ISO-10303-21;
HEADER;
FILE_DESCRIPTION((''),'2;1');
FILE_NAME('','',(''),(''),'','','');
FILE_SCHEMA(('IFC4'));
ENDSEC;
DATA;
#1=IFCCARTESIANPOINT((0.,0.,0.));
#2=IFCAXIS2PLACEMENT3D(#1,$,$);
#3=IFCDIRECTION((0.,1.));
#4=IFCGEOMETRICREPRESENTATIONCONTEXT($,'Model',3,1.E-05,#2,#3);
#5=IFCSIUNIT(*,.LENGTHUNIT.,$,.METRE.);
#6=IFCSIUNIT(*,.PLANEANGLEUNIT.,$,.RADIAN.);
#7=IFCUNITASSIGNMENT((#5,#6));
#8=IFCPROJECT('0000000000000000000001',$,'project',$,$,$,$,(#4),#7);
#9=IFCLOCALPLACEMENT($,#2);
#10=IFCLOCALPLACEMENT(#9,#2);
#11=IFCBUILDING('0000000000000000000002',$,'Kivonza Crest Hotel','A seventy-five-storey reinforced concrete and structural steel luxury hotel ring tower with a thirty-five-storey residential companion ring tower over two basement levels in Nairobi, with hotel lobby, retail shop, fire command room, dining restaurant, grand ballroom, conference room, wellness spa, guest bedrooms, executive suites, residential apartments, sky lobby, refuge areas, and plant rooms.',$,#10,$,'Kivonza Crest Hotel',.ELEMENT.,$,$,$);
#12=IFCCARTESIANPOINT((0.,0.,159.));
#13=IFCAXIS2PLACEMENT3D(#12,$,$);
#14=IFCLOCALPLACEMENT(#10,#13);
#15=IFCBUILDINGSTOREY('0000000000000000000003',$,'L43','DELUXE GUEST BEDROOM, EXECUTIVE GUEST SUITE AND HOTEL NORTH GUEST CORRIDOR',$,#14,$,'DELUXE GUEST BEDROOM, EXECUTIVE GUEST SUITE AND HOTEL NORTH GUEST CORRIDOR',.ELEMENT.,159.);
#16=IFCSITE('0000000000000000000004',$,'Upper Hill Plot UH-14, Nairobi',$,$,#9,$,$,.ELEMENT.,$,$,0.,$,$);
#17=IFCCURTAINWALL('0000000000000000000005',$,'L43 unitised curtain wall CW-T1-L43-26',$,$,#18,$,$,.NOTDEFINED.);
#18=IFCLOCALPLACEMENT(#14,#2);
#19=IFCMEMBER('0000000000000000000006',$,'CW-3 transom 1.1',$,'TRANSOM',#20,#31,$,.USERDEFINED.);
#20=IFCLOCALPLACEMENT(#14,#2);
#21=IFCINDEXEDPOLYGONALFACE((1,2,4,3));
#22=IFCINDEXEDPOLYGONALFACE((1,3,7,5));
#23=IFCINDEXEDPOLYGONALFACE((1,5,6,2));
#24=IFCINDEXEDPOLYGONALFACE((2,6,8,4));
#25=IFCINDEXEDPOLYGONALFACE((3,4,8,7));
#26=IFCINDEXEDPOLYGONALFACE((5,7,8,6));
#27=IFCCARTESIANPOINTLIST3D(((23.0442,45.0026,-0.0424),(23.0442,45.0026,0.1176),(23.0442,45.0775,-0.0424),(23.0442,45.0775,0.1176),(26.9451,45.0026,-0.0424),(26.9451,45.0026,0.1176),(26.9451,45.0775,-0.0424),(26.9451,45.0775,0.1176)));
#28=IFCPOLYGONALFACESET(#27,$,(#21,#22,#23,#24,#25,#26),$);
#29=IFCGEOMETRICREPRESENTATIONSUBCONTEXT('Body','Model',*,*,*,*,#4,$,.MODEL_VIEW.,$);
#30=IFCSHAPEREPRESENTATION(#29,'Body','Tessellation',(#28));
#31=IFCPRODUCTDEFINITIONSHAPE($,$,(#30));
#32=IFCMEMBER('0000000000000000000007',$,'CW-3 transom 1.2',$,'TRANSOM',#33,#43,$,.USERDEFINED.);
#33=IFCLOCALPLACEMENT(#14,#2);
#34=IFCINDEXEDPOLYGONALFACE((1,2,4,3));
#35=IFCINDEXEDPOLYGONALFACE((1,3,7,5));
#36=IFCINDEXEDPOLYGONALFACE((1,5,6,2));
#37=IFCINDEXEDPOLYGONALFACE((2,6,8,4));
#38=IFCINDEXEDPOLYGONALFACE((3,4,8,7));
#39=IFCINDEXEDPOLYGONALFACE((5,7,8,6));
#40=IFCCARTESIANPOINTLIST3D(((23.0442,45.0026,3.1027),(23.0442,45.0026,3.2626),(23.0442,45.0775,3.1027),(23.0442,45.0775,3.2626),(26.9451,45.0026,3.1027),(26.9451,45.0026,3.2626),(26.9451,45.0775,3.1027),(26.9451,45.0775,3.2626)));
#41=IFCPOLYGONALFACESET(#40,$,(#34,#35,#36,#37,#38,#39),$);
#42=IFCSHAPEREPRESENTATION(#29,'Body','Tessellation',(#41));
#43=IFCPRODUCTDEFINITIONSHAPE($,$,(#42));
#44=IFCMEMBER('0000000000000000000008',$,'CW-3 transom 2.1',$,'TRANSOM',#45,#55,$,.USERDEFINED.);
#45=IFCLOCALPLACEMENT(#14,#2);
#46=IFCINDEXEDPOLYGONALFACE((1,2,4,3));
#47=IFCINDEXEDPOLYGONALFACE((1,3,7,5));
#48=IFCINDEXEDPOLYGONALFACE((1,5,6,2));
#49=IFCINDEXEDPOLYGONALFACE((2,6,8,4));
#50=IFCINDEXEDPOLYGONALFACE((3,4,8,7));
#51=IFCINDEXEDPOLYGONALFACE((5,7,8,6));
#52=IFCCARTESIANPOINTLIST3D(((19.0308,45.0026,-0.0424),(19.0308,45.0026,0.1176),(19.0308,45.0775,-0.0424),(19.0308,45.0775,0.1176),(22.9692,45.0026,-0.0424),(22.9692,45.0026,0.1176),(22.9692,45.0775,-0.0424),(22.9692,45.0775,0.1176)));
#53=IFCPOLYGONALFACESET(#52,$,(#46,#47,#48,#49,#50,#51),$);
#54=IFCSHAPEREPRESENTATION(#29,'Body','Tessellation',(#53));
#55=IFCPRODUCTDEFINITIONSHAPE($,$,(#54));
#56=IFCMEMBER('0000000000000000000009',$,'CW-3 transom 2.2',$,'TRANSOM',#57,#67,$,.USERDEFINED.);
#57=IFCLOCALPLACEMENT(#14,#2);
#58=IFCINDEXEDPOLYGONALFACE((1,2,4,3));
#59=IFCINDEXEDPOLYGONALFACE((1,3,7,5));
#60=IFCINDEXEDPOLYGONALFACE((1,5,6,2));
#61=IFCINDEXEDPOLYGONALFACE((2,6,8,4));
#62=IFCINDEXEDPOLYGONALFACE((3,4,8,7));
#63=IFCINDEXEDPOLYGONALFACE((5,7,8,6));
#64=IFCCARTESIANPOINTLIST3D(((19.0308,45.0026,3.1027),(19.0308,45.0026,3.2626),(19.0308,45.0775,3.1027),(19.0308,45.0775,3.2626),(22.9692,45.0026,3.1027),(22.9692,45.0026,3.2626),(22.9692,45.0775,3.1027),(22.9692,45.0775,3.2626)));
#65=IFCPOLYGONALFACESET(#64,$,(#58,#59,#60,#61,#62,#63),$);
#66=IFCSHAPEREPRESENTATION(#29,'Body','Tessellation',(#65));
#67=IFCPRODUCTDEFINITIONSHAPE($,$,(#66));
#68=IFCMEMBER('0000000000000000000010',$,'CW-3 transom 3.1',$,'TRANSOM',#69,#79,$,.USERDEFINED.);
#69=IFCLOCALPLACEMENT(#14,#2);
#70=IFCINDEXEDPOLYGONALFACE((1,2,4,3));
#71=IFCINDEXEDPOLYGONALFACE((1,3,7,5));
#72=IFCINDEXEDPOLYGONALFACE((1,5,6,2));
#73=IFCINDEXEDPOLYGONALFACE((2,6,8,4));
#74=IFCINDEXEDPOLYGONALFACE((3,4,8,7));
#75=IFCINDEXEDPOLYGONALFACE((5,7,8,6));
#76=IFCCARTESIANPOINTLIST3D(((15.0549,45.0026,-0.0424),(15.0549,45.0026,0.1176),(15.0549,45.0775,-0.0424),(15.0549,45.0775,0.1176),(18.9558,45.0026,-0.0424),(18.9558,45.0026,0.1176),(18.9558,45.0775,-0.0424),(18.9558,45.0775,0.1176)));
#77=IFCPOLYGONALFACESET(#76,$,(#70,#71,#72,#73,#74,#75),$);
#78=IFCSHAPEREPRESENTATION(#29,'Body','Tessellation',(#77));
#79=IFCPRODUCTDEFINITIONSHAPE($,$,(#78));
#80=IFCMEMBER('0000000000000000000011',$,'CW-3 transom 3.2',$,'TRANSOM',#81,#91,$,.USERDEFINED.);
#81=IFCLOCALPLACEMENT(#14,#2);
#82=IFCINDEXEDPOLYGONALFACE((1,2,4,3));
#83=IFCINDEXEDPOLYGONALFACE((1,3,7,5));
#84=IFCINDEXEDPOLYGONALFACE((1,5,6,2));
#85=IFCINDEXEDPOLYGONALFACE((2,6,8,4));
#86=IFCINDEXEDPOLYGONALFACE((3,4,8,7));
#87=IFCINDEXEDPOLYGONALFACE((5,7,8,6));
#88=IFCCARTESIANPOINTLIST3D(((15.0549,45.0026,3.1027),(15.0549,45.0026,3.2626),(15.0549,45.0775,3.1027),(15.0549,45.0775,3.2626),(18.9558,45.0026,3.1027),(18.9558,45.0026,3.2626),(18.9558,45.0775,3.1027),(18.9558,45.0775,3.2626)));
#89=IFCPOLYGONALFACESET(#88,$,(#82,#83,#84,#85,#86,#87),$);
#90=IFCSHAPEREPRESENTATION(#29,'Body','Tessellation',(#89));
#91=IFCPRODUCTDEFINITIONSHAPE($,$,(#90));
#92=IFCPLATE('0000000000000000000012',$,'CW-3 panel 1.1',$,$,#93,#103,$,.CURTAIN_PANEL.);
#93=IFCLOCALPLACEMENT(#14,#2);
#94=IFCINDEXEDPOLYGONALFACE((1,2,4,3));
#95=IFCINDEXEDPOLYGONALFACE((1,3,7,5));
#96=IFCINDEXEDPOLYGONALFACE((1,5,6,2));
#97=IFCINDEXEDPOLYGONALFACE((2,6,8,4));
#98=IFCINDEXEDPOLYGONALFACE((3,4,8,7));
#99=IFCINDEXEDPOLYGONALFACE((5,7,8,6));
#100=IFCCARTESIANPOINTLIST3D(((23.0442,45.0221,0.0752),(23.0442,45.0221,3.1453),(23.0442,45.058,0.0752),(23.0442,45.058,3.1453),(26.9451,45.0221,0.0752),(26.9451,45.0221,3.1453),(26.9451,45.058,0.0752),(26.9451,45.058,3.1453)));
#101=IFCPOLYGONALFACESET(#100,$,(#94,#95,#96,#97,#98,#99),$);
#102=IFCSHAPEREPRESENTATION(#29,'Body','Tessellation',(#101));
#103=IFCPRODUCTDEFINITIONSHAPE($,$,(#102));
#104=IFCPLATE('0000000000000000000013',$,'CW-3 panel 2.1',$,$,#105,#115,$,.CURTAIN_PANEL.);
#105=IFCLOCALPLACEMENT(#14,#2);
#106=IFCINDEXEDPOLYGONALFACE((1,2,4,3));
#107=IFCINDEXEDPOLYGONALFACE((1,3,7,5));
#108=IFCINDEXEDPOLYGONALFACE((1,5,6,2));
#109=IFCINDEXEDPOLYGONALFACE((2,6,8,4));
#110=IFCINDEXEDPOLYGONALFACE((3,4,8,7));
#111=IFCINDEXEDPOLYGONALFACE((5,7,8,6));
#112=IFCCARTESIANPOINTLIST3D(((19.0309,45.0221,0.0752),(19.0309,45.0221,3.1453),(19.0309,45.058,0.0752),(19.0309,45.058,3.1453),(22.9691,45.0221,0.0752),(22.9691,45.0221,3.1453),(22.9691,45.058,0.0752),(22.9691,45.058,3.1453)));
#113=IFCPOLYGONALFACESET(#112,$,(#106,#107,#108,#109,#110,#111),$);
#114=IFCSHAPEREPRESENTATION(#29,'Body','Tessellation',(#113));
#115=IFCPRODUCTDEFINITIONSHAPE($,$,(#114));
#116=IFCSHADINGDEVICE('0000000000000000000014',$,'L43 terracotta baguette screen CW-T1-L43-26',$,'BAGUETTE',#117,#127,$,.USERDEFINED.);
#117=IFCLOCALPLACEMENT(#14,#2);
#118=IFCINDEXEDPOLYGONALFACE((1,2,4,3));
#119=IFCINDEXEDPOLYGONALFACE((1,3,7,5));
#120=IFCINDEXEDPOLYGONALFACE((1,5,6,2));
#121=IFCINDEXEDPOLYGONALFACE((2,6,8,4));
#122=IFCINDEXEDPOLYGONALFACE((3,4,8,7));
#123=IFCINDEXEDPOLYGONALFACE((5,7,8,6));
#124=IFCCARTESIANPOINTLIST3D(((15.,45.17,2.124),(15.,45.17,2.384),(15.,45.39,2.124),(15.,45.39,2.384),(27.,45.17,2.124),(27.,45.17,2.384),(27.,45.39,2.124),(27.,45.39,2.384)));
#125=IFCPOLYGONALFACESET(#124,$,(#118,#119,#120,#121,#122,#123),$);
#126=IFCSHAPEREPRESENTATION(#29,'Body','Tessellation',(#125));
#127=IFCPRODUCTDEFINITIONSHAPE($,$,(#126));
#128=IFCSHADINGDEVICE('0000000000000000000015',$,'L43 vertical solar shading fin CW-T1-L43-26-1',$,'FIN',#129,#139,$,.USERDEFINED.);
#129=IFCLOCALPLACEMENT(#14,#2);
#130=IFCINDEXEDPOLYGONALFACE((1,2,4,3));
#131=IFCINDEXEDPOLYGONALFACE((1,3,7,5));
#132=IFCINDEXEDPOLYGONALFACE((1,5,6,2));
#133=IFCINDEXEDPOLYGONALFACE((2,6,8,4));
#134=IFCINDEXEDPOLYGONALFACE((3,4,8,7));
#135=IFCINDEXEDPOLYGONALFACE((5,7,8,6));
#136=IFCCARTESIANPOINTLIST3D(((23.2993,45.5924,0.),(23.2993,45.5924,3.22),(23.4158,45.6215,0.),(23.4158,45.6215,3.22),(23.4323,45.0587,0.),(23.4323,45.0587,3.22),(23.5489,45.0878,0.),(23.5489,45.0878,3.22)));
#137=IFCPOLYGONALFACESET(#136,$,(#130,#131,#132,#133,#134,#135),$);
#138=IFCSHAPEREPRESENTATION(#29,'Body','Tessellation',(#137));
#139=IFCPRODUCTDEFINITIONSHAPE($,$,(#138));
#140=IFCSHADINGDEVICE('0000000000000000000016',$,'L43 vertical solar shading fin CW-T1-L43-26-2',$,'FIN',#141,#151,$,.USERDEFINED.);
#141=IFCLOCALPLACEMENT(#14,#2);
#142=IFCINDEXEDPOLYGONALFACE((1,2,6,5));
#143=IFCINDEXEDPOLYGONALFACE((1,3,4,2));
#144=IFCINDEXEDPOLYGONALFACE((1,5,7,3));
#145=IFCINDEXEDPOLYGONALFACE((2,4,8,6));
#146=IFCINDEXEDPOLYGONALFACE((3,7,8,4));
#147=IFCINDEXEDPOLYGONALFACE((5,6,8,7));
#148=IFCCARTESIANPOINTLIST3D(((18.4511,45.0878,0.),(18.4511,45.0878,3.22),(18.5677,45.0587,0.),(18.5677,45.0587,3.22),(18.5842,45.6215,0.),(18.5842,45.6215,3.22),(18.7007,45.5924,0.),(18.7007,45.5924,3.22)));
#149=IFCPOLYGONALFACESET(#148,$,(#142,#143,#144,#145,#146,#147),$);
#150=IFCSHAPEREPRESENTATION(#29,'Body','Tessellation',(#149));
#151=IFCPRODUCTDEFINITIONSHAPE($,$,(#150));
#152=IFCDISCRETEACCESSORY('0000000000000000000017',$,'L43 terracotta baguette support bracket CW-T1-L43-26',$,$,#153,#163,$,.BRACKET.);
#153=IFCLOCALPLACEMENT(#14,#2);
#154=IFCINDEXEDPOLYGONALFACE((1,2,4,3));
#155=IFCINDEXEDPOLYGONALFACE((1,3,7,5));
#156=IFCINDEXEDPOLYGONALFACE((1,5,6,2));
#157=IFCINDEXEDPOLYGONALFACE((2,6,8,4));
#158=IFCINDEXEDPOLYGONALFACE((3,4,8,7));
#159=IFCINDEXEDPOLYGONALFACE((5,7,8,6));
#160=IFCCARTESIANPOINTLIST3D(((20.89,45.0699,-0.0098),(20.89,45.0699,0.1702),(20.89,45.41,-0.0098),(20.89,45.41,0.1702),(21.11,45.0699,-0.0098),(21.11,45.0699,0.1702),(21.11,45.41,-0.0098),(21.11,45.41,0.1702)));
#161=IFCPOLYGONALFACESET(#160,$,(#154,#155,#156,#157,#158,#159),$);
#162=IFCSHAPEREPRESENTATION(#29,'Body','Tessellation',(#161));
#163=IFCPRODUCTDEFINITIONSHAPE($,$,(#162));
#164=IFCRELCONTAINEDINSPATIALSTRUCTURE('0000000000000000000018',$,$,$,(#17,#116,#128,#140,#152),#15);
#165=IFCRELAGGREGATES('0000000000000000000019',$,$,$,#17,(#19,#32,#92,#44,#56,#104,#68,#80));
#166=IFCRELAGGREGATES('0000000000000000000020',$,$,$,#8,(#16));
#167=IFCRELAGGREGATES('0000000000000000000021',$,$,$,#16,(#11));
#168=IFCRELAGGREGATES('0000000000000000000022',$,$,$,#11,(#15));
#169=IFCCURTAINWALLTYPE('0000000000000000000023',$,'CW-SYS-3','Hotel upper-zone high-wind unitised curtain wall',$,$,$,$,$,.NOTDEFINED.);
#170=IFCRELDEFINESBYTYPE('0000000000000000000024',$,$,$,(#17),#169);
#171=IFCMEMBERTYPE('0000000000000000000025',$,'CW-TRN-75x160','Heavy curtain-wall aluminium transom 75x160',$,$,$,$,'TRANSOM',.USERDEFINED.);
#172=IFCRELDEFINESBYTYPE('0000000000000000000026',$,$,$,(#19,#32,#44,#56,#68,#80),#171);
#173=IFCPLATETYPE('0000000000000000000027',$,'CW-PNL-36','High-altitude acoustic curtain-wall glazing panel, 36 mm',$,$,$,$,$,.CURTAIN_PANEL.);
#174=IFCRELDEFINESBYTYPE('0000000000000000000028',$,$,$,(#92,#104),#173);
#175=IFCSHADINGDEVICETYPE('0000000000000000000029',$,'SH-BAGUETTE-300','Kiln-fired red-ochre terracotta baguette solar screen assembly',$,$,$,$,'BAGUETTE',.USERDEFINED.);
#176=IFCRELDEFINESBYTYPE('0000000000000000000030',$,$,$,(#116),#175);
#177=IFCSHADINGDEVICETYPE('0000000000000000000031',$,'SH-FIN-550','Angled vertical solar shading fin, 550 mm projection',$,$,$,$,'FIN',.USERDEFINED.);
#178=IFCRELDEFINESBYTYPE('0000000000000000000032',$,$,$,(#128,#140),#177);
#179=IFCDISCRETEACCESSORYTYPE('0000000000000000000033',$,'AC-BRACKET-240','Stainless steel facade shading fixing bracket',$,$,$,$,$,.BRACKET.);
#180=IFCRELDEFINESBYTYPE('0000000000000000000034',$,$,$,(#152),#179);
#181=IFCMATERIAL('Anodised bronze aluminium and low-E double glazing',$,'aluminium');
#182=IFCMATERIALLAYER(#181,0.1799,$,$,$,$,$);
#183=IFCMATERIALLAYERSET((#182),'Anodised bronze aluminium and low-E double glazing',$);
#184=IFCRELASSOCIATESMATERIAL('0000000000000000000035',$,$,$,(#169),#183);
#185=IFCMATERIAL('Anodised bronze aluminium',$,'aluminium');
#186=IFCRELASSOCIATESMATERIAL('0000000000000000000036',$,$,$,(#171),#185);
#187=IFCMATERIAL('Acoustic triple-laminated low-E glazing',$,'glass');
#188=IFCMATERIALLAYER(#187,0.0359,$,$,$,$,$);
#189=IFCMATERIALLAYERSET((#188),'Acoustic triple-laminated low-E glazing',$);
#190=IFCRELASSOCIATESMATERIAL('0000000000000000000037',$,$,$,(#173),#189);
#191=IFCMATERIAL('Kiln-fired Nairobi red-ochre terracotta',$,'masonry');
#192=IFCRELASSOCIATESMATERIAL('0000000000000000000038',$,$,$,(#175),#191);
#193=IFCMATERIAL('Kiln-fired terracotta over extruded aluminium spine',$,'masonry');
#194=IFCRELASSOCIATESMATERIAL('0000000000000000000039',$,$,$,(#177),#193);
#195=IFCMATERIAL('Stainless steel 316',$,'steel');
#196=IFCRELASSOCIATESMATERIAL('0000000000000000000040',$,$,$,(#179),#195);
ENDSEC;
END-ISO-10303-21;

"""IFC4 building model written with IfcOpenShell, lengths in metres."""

from ifc_helpers import new_model, si_unit, direction, frame, origin, origin_2d, place, context, subcontext, project, spatial, rectangle, extrude, material, layer, layer_set, material_profile, profile_set, type_object, element, aggregate, save


model = new_model("IFC4")

# Units and contexts
model_context = context("Model", 3, precision=1e-05, world=origin(), true_north=direction((0.0, 1.0)))
body_context = subcontext(model_context, "Body", "Model", "MODEL_VIEW")
ifc_project = project(units=[si_unit("LENGTHUNIT", "METRE"), si_unit("PLANEANGLEUNIT", "RADIAN")], contexts=[model_context])

# Site, building, storey
site_placement = place(None, origin())
site = spatial("IfcSite", under=ifc_project, at=site_placement, Name="Upper Hill Plot UH-14, Nairobi", CompositionType="ELEMENT", RefElevation=0.0)
building_placement = place(site_placement, origin())
building = spatial("IfcBuilding", under=site, at=building_placement, Name="Kivonza Crest Hotel", Description="A seventy-five-storey reinforced concrete and structural steel luxury hotel ring tower with a thirty-five-storey residential companion ring tower over two basement levels in Nairobi, with hotel lobby, retail shop, fire command room, dining restaurant, grand ballroom, conference room, wellness spa, guest bedrooms, executive suites, residential apartments, sky lobby, refuge areas, and plant rooms.", LongName="Kivonza Crest Hotel", CompositionType="ELEMENT")
storey_placement = place(building_placement, frame((0.0, 0.0, 159.0)))
storey = spatial("IfcBuildingStorey", under=building, at=storey_placement, Name="L43", Description="DELUXE GUEST BEDROOM, EXECUTIVE GUEST SUITE AND HOTEL NORTH GUEST CORRIDOR", LongName="DELUXE GUEST BEDROOM, EXECUTIVE GUEST SUITE AND HOTEL NORTH GUEST CORRIDOR", CompositionType="ELEMENT", Elevation=159.0)

# Curtain wall, members, plates
ifc_material_1 = material(Name="Anodised bronze aluminium and low-E double glazing", Category="aluminium")
ifc_layer_1 = layer(ifc_material_1, 0.1799)
ifc_layer_set_1 = layer_set([ifc_layer_1], Name="Anodised bronze aluminium and low-E double glazing")
curtain_wall_type = type_object("IfcCurtainWallType", Name="CW-SYS-3", Description="Hotel upper-zone high-wind unitised curtain wall", PredefinedType="NOTDEFINED", material=ifc_layer_set_1)
curtain_wall_placement = place(storey_placement, origin())
curtain_wall = element("IfcCurtainWall", 1, at=curtain_wall_placement, inside=storey, type_object=curtain_wall_type, Name="L43 unitised curtain wall CW-T1-L43-26", PredefinedType="NOTDEFINED")
ifc_material_2 = material(Name="Anodised bronze aluminium", Category="aluminium")
ifc_material_profile_1 = material_profile(ifc_material_2, rectangle(XDim=0.075, YDim=0.1599, at=origin_2d()), Name="CW-T 75x160")
ifc_profile_set_1 = profile_set([ifc_material_profile_1], Name="Anodised bronze aluminium")
member_type_1 = type_object("IfcMemberType", Name="CW-TRN-75x160", Description="Heavy curtain-wall aluminium transom 75x160", ElementType="TRANSOM", PredefinedType="USERDEFINED", material=ifc_profile_set_1)
member_1_placement = place(storey_placement, frame((26.9451, 45.04, 0.0376), z_axis=(-1.0, 0.0, 0.0), x_axis=(0.0, -1.0, 0.0)))
member_1 = element("IfcMember", 2, at=member_1_placement, type_object=member_type_1, Name="CW-3 transom 1.1", ObjectType="TRANSOM", PredefinedType="USERDEFINED", context=body_context, shape_type="SweptSolid", body=[
    extrude(rectangle(XDim=0.075, YDim=0.1599, at=origin_2d()), origin(), (0.0, 0.0, 1.0), 3.9009),
])
member_2_placement = place(storey_placement, frame((26.9451, 45.04, 3.1826), z_axis=(-1.0, 0.0, 0.0), x_axis=(0.0, -1.0, 0.0)))
member_2 = element("IfcMember", 3, at=member_2_placement, type_object=member_type_1, Name="CW-3 transom 1.2", ObjectType="TRANSOM", PredefinedType="USERDEFINED", context=body_context, shape_type="SweptSolid", body=[
    extrude(rectangle(XDim=0.075, YDim=0.1599, at=origin_2d()), origin(), (0.0, 0.0, 1.0), 3.9009),
])
member_3_placement = place(storey_placement, frame((22.9692, 45.04, 0.0376), z_axis=(-1.0, 0.0, 0.0), x_axis=(0.0, -1.0, 0.0)))
member_3 = element("IfcMember", 4, at=member_3_placement, type_object=member_type_1, Name="CW-3 transom 2.1", ObjectType="TRANSOM", PredefinedType="USERDEFINED", context=body_context, shape_type="SweptSolid", body=[
    extrude(rectangle(XDim=0.075, YDim=0.1599, at=origin_2d()), origin(), (0.0, 0.0, 1.0), 3.9385),
])
member_4_placement = place(storey_placement, frame((22.9692, 45.04, 3.1826), z_axis=(-1.0, 0.0, 0.0), x_axis=(0.0, -1.0, 0.0)))
member_4 = element("IfcMember", 5, at=member_4_placement, type_object=member_type_1, Name="CW-3 transom 2.2", ObjectType="TRANSOM", PredefinedType="USERDEFINED", context=body_context, shape_type="SweptSolid", body=[
    extrude(rectangle(XDim=0.075, YDim=0.1599, at=origin_2d()), origin(), (0.0, 0.0, 1.0), 3.9385),
])
member_5_placement = place(storey_placement, frame((18.9558, 45.04, 0.0376), z_axis=(-1.0, 0.0, 0.0), x_axis=(0.0, -1.0, 0.0)))
member_5 = element("IfcMember", 6, at=member_5_placement, type_object=member_type_1, Name="CW-3 transom 3.1", ObjectType="TRANSOM", PredefinedType="USERDEFINED", context=body_context, shape_type="SweptSolid", body=[
    extrude(rectangle(XDim=0.075, YDim=0.1599, at=origin_2d()), origin(), (0.0, 0.0, 1.0), 3.9009),
])
member_6_placement = place(storey_placement, frame((18.9558, 45.04, 3.1826), z_axis=(-1.0, 0.0, 0.0), x_axis=(0.0, -1.0, 0.0)))
member_6 = element("IfcMember", 7, at=member_6_placement, type_object=member_type_1, Name="CW-3 transom 3.2", ObjectType="TRANSOM", PredefinedType="USERDEFINED", context=body_context, shape_type="SweptSolid", body=[
    extrude(rectangle(XDim=0.075, YDim=0.1599, at=origin_2d()), origin(), (0.0, 0.0, 1.0), 3.9009),
])
ifc_material_3 = material(Name="Acoustic triple-laminated low-E glazing", Category="glass")
ifc_layer_2 = layer(ifc_material_3, 0.0359)
ifc_layer_set_2 = layer_set([ifc_layer_2], Name="Acoustic triple-laminated low-E glazing")
plate_type = type_object("IfcPlateType", Name="CW-PNL-36", Description="High-altitude acoustic curtain-wall glazing panel, 36 mm", PredefinedType="CURTAIN_PANEL", material=ifc_layer_set_2)
plate_1_placement = place(storey_placement, frame((24.9946, 45.04, 0.0752), z_axis=(0.0, 0.0, 1.0), x_axis=(-1.0, 0.0, 0.0)))
plate_1 = element("IfcPlate", 8, at=plate_1_placement, type_object=plate_type, Name="CW-3 panel 1.1", PredefinedType="CURTAIN_PANEL", context=body_context, shape_type="SweptSolid", body=[
    extrude(rectangle(XDim=3.9009, YDim=0.0359, at=origin_2d()), origin(), (0.0, 0.0, 1.0), 3.0701),
])
plate_2_placement = place(storey_placement, frame((21.0, 45.04, 0.0752), z_axis=(0.0, 0.0, 1.0), x_axis=(-1.0, 0.0, 0.0)))
plate_2 = element("IfcPlate", 9, at=plate_2_placement, type_object=plate_type, Name="CW-3 panel 2.1", PredefinedType="CURTAIN_PANEL", context=body_context, shape_type="SweptSolid", body=[
    extrude(rectangle(XDim=3.9382, YDim=0.0359, at=origin_2d()), origin(), (0.0, 0.0, 1.0), 3.0701),
])
aggregate(curtain_wall, [member_1, member_2, plate_1, member_3, member_4, plate_2, member_5, member_6])

# Shading devices
ifc_material_4 = material(Name="Kiln-fired Nairobi red-ochre terracotta", Category="masonry")
shading_device_type_1 = type_object("IfcShadingDeviceType", Name="SH-BAGUETTE-300", Description="Kiln-fired red-ochre terracotta baguette solar screen assembly", ElementType="BAGUETTE", PredefinedType="USERDEFINED", material=ifc_material_4)
shading_device_placement = place(storey_placement, frame((21.0, 45.28, 2.124), z_axis=(0.0, 0.0, 1.0), x_axis=(-1.0, 0.0, 0.0)))
element("IfcShadingDevice", 10, at=shading_device_placement, inside=storey, type_object=shading_device_type_1, Name="L43 terracotta baguette screen CW-T1-L43-26", ObjectType="BAGUETTE", PredefinedType="USERDEFINED", context=body_context, shape_type="SweptSolid", body=[
    extrude(rectangle(XDim=12.0, YDim=0.22, at=origin_2d()), origin(), (0.0, 0.0, 1.0), 0.26),
])
ifc_material_5 = material(Name="Kiln-fired terracotta over extruded aluminium spine", Category="masonry")
shading_device_type_2 = type_object("IfcShadingDeviceType", Name="SH-FIN-550", Description="Angled vertical solar shading fin, 550 mm projection", ElementType="FIN", PredefinedType="USERDEFINED", material=ifc_material_5)
for number, where, z_axis, x_axis, name in (
    (11, (23.4241, 45.3401, 0.0), (0.0, 0.0, 1.0), (-0.970296, -0.241922, 0.0), "L43 vertical solar shading fin CW-T1-L43-26-1"),
    (12, (18.5759, 45.3401, 0.0), (0.0, 0.0, 1.0), (-0.970296, 0.241922, 0.0), "L43 vertical solar shading fin CW-T1-L43-26-2"),
):
    element("IfcShadingDevice", number, at=place(storey_placement, frame(where, z_axis=z_axis, x_axis=x_axis)), inside=storey, type_object=shading_device_type_2, Name=name, ObjectType="FIN", PredefinedType="USERDEFINED", context=body_context, shape_type="SweptSolid", body=[
        extrude(rectangle(XDim=0.1201, YDim=0.55, at=origin_2d()), origin(), (0.0, 0.0, 1.0), 3.22),
    ])

# Discrete accessory
ifc_material_6 = material(Name="Stainless steel 316", Category="steel")
discrete_accessory_type = type_object("IfcDiscreteAccessoryType", Name="AC-BRACKET-240", Description="Stainless steel facade shading fixing bracket", PredefinedType="BRACKET", material=ifc_material_6)
discrete_accessory_placement = place(storey_placement, frame((21.0, 45.24, -0.0098), z_axis=(0.0, 0.0, 1.0), x_axis=(-1.0, 0.0, 0.0)))
element("IfcDiscreteAccessory", 13, at=discrete_accessory_placement, inside=storey, type_object=discrete_accessory_type, Name="L43 terracotta baguette support bracket CW-T1-L43-26", PredefinedType="BRACKET", context=body_context, shape_type="SweptSolid", body=[
    extrude(rectangle(XDim=0.22, YDim=0.3401, at=origin_2d()), origin(), (0.0, 0.0, 1.0), 0.1799),
])

save(model, "model.ifc")
